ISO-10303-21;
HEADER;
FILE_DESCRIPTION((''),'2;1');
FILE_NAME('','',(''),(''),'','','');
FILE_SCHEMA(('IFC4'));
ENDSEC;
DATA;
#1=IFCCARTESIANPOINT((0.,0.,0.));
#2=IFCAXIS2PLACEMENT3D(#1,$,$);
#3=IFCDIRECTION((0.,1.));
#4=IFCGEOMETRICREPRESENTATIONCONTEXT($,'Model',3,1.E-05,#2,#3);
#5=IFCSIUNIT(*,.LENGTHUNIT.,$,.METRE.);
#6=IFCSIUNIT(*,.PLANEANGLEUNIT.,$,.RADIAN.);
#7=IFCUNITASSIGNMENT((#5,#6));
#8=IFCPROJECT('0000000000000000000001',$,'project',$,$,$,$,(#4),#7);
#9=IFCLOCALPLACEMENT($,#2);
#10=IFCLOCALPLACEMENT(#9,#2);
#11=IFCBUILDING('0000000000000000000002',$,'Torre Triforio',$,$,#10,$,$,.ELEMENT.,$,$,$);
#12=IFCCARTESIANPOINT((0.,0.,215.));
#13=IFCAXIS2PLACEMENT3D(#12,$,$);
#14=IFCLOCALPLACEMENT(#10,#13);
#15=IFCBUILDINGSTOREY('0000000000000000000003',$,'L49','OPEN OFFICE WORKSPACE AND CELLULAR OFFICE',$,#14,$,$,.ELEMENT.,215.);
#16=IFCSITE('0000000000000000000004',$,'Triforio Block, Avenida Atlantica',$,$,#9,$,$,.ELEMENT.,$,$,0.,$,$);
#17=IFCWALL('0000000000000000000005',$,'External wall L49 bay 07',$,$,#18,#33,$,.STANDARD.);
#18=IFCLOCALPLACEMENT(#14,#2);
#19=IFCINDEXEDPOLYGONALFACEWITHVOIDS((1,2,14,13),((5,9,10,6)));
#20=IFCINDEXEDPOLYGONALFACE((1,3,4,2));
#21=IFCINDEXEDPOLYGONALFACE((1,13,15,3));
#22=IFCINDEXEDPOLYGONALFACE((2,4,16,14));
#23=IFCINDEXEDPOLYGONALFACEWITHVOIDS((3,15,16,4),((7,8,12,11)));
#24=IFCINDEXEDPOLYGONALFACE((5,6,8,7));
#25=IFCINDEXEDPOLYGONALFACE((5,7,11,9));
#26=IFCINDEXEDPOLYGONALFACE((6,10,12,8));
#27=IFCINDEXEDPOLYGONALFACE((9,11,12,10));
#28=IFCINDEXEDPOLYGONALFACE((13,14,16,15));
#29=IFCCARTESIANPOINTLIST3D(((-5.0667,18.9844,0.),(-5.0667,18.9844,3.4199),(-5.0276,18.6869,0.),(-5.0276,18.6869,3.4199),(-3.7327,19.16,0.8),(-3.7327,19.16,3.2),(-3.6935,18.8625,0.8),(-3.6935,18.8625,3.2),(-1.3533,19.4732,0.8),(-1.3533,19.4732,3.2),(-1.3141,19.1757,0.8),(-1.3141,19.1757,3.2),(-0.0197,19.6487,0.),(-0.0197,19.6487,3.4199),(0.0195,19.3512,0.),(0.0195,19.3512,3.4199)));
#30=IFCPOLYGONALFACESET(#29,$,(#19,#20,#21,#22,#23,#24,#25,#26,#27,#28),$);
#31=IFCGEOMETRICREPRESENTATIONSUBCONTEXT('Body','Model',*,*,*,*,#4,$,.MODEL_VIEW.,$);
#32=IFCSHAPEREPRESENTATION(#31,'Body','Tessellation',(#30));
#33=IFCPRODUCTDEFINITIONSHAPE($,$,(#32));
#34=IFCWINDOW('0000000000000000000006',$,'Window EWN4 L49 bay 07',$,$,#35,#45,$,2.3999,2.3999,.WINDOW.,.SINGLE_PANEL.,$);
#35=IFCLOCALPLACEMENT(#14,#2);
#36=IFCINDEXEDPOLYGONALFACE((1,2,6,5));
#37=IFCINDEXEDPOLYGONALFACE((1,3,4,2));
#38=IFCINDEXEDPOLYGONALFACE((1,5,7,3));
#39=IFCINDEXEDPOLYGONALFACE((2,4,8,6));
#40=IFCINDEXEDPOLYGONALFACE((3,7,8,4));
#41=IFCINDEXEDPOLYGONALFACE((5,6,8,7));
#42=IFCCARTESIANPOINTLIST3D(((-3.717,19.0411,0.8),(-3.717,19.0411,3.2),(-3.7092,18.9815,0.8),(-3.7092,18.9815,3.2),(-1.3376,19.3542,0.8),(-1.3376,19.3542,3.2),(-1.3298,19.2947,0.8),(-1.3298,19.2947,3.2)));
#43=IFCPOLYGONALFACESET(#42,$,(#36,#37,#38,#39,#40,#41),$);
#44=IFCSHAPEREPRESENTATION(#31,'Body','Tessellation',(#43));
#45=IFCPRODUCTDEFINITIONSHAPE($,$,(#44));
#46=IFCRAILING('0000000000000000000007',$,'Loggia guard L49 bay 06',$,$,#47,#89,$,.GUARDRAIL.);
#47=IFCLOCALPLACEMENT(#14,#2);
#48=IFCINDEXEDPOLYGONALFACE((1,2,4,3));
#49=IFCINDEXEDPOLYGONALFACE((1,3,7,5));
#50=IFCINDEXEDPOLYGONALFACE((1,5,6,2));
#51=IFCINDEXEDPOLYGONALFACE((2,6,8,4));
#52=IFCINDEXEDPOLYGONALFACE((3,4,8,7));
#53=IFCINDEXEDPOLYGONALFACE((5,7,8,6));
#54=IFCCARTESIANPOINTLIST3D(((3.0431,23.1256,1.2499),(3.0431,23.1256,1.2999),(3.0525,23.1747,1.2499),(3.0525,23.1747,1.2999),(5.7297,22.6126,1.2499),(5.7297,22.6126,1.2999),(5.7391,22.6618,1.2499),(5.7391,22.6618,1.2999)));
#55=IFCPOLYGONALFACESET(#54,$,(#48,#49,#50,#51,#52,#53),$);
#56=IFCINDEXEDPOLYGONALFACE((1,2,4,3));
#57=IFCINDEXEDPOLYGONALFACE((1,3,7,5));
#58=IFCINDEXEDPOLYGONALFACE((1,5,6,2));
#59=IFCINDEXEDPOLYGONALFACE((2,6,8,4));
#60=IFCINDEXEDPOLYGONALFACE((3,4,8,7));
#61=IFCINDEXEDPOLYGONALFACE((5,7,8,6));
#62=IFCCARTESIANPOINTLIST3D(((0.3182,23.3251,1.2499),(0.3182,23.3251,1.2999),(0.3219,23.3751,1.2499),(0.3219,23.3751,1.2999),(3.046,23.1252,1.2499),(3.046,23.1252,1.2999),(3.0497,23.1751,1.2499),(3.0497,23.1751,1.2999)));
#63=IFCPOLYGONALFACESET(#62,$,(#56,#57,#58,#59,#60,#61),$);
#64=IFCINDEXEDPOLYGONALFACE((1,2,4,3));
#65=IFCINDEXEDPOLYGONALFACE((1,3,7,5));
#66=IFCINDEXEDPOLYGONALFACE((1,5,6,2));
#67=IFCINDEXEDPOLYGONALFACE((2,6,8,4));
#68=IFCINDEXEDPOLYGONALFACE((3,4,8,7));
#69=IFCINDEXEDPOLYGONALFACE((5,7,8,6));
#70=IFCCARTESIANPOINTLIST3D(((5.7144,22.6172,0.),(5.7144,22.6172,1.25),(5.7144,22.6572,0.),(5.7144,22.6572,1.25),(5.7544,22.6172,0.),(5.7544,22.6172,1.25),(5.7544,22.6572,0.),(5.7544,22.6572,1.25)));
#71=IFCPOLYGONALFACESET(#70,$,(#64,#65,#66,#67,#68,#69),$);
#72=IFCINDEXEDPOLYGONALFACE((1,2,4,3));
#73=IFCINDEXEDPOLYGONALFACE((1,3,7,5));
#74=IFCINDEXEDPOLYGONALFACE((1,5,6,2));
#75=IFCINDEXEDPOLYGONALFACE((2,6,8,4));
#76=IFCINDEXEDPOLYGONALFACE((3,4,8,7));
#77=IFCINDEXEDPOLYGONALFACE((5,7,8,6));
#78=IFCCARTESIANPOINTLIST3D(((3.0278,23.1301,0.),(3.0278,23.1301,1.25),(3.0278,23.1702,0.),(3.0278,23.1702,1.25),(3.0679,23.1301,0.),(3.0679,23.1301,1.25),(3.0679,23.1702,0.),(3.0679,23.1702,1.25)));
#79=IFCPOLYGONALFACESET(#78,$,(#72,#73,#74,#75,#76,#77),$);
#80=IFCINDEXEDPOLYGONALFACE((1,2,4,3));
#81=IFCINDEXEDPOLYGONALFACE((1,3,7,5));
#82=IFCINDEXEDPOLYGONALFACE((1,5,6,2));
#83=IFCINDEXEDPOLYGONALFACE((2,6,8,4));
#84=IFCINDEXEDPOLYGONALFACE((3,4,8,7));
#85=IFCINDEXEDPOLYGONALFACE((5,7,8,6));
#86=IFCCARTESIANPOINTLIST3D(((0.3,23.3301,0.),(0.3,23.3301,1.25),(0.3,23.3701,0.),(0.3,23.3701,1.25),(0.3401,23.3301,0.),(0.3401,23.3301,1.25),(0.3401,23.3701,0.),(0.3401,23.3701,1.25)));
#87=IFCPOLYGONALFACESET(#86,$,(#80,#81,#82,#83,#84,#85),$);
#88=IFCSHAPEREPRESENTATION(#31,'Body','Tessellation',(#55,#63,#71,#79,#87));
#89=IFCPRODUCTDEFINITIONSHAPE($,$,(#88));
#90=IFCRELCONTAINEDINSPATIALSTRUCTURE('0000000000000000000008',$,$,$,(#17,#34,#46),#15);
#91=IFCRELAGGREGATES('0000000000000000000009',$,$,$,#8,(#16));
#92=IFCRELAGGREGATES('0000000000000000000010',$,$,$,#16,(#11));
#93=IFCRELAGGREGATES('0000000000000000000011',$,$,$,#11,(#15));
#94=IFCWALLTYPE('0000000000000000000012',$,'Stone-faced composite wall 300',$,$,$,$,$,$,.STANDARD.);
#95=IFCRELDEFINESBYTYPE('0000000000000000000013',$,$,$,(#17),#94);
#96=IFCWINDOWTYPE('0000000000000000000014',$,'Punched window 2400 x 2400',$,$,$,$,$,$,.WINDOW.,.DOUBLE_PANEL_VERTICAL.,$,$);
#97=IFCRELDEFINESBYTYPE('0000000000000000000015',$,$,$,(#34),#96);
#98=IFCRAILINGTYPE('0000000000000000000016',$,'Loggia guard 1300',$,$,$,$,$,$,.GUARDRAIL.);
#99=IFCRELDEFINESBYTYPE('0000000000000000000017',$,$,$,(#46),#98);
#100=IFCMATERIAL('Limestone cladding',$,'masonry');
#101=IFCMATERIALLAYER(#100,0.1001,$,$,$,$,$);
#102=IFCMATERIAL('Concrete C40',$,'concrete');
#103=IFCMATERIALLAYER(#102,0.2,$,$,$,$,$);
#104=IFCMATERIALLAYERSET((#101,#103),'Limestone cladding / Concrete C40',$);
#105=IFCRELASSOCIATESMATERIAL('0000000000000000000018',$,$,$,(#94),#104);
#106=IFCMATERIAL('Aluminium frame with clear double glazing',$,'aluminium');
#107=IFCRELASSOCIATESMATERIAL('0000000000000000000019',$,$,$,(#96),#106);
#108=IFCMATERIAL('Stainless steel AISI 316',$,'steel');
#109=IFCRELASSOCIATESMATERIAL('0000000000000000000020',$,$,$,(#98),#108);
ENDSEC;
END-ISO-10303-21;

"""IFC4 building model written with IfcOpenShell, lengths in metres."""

from ifc_helpers import new_model, si_unit, direction, frame, frame_2d, origin, origin_2d, place, context, subcontext, project, spatial, rectangle, extrude, material, layer, layer_set, type_object, element, fill, save


model = new_model("IFC4")

# Units and contexts
model_context = context("Model", 3, precision=1e-05, world=origin(), true_north=direction((0.0, 1.0)))
body_context = subcontext(model_context, "Body", "Model", "MODEL_VIEW")
ifc_project = project(units=[si_unit("LENGTHUNIT", "METRE"), si_unit("PLANEANGLEUNIT", "RADIAN")], contexts=[model_context])

# Site, building, storey
site_placement = place(None, origin())
site = spatial("IfcSite", under=ifc_project, at=site_placement, Name="Triforio Block, Avenida Atlantica", CompositionType="ELEMENT", RefElevation=0.0)
building_placement = place(site_placement, origin())
building = spatial("IfcBuilding", under=site, at=building_placement, Name="Torre Triforio", CompositionType="ELEMENT")
storey_placement = place(building_placement, frame((0.0, 0.0, 215.0)))
storey = spatial("IfcBuildingStorey", under=building, at=storey_placement, Name="L49", Description="OPEN OFFICE WORKSPACE AND CELLULAR OFFICE", CompositionType="ELEMENT", Elevation=215.0)

# Shared definitions
ifc_material_1 = material(Name="Concrete C40", Category="concrete")

# Shared definitions
ifc_material_2 = material(Name="Limestone cladding", Category="masonry")
ifc_layer_1 = layer(ifc_material_2, 0.1001)
ifc_layer_2 = layer(ifc_material_1, 0.2)
ifc_layer_set_1 = layer_set([ifc_layer_1, ifc_layer_2], Name="Limestone cladding / Concrete C40")
wall_type_1 = type_object("IfcWallType", Name="Stone-faced composite wall 300", PredefinedType="STANDARD", material=ifc_layer_set_1)
ifc_material_3 = material(Name="Aluminium frame with clear double glazing", Category="aluminium")

# Wall, opening, window
wall_1_placement = place(storey_placement, frame((0.0, 19.5, 0.0), z_axis=(0.0, 0.0, 1.0), x_axis=(-0.991449, -0.130495, 0.0)))
wall_1 = element("IfcWall", 1, at=wall_1_placement, inside=storey, type_object=wall_type_1, Name="External wall L49 bay 07", PredefinedType="STANDARD", context=body_context, shape_type="SweptSolid", body=[
    extrude(rectangle(XDim=5.0906, YDim=0.3, at=frame_2d((2.5454, 0.0))), origin(), (0.0, 0.0, 1.0), 3.4199),
])
opening_1_placement = place(wall_1_placement, frame((1.3452, 0.0, 0.8)))
opening_1 = element("IfcOpeningElement", 2, at=opening_1_placement, cuts=wall_1, PredefinedType="OPENING", context=body_context, shape_type="SweptSolid", body=[
    extrude(rectangle(XDim=2.3999, YDim=2.3999, at=frame_2d((1.2, 1.2))), frame((0.0, 0.1599, 0.0), z_axis=(0.0, -1.0, 0.0), x_axis=(1.0, 0.0, 0.0)), (0.0, 0.0, 1.0), 0.3201),
])
window_type_1 = type_object("IfcWindowType", Name="Punched window 2400 x 2400", PartitioningType="DOUBLE_PANEL_VERTICAL", PredefinedType="WINDOW", material=ifc_material_3)
window_1_placement = place(opening_1_placement, origin())
window_1 = element("IfcWindow", 3, at=window_1_placement, inside=storey, type_object=window_type_1, Name="Window EWN4 L49 bay 07", OverallHeight=2.3999, OverallWidth=2.3999, PartitioningType="SINGLE_PANEL", PredefinedType="WINDOW", context=body_context, shape_type="SweptSolid", body=[
    extrude(rectangle(XDim=2.3999, YDim=2.3999, at=frame_2d((1.2, 1.2))), frame((0.0, 0.03, 0.0), z_axis=(0.0, -1.0, 0.0), x_axis=(1.0, 0.0, 0.0)), (0.0, 0.0, 1.0), 0.0601),
])
fill(opening_1, window_1)

# Railing
ifc_material_4 = material(Name="Stainless steel AISI 316", Category="steel")
railing_type = type_object("IfcRailingType", Name="Loggia guard 1300", PredefinedType="GUARDRAIL", material=ifc_material_4)
railing_placement = place(storey_placement, frame((5.7344, 22.6372, 0.0)))
element("IfcRailing", 4, at=railing_placement, inside=storey, type_object=railing_type, Name="Loggia guard L49 bay 06", PredefinedType="GUARDRAIL", context=body_context, shape_type="SweptSolid", body=[
    extrude(rectangle(XDim=0.05, YDim=0.05, at=origin_2d()), frame((0.0, 0.0, 1.2749), z_axis=(-0.982256, 0.187543, 0.0), x_axis=(-0.187543, -0.982256, 0.0)), (0.0, 0.0, 1.0), 2.7351),
    extrude(rectangle(XDim=0.05, YDim=0.05, at=origin_2d()), frame((-2.6865, 0.5129, 1.2749), z_axis=(-0.997324, 0.073106, 0.0), x_axis=(-0.073106, -0.997324, 0.0)), (0.0, 0.0, 1.0), 2.7351),
    extrude(rectangle(XDim=0.04, YDim=0.04, at=origin_2d()), origin(), (0.0, 0.0, 1.0), 1.25),
    extrude(rectangle(XDim=0.04, YDim=0.04, at=origin_2d()), frame((-2.6865, 0.5129, 0.0)), (0.0, 0.0, 1.0), 1.25),
    extrude(rectangle(XDim=0.04, YDim=0.04, at=origin_2d()), frame((-5.4143, 0.7129, 0.0)), (0.0, 0.0, 1.0), 1.25),
])

save(model, "model.ifc")
